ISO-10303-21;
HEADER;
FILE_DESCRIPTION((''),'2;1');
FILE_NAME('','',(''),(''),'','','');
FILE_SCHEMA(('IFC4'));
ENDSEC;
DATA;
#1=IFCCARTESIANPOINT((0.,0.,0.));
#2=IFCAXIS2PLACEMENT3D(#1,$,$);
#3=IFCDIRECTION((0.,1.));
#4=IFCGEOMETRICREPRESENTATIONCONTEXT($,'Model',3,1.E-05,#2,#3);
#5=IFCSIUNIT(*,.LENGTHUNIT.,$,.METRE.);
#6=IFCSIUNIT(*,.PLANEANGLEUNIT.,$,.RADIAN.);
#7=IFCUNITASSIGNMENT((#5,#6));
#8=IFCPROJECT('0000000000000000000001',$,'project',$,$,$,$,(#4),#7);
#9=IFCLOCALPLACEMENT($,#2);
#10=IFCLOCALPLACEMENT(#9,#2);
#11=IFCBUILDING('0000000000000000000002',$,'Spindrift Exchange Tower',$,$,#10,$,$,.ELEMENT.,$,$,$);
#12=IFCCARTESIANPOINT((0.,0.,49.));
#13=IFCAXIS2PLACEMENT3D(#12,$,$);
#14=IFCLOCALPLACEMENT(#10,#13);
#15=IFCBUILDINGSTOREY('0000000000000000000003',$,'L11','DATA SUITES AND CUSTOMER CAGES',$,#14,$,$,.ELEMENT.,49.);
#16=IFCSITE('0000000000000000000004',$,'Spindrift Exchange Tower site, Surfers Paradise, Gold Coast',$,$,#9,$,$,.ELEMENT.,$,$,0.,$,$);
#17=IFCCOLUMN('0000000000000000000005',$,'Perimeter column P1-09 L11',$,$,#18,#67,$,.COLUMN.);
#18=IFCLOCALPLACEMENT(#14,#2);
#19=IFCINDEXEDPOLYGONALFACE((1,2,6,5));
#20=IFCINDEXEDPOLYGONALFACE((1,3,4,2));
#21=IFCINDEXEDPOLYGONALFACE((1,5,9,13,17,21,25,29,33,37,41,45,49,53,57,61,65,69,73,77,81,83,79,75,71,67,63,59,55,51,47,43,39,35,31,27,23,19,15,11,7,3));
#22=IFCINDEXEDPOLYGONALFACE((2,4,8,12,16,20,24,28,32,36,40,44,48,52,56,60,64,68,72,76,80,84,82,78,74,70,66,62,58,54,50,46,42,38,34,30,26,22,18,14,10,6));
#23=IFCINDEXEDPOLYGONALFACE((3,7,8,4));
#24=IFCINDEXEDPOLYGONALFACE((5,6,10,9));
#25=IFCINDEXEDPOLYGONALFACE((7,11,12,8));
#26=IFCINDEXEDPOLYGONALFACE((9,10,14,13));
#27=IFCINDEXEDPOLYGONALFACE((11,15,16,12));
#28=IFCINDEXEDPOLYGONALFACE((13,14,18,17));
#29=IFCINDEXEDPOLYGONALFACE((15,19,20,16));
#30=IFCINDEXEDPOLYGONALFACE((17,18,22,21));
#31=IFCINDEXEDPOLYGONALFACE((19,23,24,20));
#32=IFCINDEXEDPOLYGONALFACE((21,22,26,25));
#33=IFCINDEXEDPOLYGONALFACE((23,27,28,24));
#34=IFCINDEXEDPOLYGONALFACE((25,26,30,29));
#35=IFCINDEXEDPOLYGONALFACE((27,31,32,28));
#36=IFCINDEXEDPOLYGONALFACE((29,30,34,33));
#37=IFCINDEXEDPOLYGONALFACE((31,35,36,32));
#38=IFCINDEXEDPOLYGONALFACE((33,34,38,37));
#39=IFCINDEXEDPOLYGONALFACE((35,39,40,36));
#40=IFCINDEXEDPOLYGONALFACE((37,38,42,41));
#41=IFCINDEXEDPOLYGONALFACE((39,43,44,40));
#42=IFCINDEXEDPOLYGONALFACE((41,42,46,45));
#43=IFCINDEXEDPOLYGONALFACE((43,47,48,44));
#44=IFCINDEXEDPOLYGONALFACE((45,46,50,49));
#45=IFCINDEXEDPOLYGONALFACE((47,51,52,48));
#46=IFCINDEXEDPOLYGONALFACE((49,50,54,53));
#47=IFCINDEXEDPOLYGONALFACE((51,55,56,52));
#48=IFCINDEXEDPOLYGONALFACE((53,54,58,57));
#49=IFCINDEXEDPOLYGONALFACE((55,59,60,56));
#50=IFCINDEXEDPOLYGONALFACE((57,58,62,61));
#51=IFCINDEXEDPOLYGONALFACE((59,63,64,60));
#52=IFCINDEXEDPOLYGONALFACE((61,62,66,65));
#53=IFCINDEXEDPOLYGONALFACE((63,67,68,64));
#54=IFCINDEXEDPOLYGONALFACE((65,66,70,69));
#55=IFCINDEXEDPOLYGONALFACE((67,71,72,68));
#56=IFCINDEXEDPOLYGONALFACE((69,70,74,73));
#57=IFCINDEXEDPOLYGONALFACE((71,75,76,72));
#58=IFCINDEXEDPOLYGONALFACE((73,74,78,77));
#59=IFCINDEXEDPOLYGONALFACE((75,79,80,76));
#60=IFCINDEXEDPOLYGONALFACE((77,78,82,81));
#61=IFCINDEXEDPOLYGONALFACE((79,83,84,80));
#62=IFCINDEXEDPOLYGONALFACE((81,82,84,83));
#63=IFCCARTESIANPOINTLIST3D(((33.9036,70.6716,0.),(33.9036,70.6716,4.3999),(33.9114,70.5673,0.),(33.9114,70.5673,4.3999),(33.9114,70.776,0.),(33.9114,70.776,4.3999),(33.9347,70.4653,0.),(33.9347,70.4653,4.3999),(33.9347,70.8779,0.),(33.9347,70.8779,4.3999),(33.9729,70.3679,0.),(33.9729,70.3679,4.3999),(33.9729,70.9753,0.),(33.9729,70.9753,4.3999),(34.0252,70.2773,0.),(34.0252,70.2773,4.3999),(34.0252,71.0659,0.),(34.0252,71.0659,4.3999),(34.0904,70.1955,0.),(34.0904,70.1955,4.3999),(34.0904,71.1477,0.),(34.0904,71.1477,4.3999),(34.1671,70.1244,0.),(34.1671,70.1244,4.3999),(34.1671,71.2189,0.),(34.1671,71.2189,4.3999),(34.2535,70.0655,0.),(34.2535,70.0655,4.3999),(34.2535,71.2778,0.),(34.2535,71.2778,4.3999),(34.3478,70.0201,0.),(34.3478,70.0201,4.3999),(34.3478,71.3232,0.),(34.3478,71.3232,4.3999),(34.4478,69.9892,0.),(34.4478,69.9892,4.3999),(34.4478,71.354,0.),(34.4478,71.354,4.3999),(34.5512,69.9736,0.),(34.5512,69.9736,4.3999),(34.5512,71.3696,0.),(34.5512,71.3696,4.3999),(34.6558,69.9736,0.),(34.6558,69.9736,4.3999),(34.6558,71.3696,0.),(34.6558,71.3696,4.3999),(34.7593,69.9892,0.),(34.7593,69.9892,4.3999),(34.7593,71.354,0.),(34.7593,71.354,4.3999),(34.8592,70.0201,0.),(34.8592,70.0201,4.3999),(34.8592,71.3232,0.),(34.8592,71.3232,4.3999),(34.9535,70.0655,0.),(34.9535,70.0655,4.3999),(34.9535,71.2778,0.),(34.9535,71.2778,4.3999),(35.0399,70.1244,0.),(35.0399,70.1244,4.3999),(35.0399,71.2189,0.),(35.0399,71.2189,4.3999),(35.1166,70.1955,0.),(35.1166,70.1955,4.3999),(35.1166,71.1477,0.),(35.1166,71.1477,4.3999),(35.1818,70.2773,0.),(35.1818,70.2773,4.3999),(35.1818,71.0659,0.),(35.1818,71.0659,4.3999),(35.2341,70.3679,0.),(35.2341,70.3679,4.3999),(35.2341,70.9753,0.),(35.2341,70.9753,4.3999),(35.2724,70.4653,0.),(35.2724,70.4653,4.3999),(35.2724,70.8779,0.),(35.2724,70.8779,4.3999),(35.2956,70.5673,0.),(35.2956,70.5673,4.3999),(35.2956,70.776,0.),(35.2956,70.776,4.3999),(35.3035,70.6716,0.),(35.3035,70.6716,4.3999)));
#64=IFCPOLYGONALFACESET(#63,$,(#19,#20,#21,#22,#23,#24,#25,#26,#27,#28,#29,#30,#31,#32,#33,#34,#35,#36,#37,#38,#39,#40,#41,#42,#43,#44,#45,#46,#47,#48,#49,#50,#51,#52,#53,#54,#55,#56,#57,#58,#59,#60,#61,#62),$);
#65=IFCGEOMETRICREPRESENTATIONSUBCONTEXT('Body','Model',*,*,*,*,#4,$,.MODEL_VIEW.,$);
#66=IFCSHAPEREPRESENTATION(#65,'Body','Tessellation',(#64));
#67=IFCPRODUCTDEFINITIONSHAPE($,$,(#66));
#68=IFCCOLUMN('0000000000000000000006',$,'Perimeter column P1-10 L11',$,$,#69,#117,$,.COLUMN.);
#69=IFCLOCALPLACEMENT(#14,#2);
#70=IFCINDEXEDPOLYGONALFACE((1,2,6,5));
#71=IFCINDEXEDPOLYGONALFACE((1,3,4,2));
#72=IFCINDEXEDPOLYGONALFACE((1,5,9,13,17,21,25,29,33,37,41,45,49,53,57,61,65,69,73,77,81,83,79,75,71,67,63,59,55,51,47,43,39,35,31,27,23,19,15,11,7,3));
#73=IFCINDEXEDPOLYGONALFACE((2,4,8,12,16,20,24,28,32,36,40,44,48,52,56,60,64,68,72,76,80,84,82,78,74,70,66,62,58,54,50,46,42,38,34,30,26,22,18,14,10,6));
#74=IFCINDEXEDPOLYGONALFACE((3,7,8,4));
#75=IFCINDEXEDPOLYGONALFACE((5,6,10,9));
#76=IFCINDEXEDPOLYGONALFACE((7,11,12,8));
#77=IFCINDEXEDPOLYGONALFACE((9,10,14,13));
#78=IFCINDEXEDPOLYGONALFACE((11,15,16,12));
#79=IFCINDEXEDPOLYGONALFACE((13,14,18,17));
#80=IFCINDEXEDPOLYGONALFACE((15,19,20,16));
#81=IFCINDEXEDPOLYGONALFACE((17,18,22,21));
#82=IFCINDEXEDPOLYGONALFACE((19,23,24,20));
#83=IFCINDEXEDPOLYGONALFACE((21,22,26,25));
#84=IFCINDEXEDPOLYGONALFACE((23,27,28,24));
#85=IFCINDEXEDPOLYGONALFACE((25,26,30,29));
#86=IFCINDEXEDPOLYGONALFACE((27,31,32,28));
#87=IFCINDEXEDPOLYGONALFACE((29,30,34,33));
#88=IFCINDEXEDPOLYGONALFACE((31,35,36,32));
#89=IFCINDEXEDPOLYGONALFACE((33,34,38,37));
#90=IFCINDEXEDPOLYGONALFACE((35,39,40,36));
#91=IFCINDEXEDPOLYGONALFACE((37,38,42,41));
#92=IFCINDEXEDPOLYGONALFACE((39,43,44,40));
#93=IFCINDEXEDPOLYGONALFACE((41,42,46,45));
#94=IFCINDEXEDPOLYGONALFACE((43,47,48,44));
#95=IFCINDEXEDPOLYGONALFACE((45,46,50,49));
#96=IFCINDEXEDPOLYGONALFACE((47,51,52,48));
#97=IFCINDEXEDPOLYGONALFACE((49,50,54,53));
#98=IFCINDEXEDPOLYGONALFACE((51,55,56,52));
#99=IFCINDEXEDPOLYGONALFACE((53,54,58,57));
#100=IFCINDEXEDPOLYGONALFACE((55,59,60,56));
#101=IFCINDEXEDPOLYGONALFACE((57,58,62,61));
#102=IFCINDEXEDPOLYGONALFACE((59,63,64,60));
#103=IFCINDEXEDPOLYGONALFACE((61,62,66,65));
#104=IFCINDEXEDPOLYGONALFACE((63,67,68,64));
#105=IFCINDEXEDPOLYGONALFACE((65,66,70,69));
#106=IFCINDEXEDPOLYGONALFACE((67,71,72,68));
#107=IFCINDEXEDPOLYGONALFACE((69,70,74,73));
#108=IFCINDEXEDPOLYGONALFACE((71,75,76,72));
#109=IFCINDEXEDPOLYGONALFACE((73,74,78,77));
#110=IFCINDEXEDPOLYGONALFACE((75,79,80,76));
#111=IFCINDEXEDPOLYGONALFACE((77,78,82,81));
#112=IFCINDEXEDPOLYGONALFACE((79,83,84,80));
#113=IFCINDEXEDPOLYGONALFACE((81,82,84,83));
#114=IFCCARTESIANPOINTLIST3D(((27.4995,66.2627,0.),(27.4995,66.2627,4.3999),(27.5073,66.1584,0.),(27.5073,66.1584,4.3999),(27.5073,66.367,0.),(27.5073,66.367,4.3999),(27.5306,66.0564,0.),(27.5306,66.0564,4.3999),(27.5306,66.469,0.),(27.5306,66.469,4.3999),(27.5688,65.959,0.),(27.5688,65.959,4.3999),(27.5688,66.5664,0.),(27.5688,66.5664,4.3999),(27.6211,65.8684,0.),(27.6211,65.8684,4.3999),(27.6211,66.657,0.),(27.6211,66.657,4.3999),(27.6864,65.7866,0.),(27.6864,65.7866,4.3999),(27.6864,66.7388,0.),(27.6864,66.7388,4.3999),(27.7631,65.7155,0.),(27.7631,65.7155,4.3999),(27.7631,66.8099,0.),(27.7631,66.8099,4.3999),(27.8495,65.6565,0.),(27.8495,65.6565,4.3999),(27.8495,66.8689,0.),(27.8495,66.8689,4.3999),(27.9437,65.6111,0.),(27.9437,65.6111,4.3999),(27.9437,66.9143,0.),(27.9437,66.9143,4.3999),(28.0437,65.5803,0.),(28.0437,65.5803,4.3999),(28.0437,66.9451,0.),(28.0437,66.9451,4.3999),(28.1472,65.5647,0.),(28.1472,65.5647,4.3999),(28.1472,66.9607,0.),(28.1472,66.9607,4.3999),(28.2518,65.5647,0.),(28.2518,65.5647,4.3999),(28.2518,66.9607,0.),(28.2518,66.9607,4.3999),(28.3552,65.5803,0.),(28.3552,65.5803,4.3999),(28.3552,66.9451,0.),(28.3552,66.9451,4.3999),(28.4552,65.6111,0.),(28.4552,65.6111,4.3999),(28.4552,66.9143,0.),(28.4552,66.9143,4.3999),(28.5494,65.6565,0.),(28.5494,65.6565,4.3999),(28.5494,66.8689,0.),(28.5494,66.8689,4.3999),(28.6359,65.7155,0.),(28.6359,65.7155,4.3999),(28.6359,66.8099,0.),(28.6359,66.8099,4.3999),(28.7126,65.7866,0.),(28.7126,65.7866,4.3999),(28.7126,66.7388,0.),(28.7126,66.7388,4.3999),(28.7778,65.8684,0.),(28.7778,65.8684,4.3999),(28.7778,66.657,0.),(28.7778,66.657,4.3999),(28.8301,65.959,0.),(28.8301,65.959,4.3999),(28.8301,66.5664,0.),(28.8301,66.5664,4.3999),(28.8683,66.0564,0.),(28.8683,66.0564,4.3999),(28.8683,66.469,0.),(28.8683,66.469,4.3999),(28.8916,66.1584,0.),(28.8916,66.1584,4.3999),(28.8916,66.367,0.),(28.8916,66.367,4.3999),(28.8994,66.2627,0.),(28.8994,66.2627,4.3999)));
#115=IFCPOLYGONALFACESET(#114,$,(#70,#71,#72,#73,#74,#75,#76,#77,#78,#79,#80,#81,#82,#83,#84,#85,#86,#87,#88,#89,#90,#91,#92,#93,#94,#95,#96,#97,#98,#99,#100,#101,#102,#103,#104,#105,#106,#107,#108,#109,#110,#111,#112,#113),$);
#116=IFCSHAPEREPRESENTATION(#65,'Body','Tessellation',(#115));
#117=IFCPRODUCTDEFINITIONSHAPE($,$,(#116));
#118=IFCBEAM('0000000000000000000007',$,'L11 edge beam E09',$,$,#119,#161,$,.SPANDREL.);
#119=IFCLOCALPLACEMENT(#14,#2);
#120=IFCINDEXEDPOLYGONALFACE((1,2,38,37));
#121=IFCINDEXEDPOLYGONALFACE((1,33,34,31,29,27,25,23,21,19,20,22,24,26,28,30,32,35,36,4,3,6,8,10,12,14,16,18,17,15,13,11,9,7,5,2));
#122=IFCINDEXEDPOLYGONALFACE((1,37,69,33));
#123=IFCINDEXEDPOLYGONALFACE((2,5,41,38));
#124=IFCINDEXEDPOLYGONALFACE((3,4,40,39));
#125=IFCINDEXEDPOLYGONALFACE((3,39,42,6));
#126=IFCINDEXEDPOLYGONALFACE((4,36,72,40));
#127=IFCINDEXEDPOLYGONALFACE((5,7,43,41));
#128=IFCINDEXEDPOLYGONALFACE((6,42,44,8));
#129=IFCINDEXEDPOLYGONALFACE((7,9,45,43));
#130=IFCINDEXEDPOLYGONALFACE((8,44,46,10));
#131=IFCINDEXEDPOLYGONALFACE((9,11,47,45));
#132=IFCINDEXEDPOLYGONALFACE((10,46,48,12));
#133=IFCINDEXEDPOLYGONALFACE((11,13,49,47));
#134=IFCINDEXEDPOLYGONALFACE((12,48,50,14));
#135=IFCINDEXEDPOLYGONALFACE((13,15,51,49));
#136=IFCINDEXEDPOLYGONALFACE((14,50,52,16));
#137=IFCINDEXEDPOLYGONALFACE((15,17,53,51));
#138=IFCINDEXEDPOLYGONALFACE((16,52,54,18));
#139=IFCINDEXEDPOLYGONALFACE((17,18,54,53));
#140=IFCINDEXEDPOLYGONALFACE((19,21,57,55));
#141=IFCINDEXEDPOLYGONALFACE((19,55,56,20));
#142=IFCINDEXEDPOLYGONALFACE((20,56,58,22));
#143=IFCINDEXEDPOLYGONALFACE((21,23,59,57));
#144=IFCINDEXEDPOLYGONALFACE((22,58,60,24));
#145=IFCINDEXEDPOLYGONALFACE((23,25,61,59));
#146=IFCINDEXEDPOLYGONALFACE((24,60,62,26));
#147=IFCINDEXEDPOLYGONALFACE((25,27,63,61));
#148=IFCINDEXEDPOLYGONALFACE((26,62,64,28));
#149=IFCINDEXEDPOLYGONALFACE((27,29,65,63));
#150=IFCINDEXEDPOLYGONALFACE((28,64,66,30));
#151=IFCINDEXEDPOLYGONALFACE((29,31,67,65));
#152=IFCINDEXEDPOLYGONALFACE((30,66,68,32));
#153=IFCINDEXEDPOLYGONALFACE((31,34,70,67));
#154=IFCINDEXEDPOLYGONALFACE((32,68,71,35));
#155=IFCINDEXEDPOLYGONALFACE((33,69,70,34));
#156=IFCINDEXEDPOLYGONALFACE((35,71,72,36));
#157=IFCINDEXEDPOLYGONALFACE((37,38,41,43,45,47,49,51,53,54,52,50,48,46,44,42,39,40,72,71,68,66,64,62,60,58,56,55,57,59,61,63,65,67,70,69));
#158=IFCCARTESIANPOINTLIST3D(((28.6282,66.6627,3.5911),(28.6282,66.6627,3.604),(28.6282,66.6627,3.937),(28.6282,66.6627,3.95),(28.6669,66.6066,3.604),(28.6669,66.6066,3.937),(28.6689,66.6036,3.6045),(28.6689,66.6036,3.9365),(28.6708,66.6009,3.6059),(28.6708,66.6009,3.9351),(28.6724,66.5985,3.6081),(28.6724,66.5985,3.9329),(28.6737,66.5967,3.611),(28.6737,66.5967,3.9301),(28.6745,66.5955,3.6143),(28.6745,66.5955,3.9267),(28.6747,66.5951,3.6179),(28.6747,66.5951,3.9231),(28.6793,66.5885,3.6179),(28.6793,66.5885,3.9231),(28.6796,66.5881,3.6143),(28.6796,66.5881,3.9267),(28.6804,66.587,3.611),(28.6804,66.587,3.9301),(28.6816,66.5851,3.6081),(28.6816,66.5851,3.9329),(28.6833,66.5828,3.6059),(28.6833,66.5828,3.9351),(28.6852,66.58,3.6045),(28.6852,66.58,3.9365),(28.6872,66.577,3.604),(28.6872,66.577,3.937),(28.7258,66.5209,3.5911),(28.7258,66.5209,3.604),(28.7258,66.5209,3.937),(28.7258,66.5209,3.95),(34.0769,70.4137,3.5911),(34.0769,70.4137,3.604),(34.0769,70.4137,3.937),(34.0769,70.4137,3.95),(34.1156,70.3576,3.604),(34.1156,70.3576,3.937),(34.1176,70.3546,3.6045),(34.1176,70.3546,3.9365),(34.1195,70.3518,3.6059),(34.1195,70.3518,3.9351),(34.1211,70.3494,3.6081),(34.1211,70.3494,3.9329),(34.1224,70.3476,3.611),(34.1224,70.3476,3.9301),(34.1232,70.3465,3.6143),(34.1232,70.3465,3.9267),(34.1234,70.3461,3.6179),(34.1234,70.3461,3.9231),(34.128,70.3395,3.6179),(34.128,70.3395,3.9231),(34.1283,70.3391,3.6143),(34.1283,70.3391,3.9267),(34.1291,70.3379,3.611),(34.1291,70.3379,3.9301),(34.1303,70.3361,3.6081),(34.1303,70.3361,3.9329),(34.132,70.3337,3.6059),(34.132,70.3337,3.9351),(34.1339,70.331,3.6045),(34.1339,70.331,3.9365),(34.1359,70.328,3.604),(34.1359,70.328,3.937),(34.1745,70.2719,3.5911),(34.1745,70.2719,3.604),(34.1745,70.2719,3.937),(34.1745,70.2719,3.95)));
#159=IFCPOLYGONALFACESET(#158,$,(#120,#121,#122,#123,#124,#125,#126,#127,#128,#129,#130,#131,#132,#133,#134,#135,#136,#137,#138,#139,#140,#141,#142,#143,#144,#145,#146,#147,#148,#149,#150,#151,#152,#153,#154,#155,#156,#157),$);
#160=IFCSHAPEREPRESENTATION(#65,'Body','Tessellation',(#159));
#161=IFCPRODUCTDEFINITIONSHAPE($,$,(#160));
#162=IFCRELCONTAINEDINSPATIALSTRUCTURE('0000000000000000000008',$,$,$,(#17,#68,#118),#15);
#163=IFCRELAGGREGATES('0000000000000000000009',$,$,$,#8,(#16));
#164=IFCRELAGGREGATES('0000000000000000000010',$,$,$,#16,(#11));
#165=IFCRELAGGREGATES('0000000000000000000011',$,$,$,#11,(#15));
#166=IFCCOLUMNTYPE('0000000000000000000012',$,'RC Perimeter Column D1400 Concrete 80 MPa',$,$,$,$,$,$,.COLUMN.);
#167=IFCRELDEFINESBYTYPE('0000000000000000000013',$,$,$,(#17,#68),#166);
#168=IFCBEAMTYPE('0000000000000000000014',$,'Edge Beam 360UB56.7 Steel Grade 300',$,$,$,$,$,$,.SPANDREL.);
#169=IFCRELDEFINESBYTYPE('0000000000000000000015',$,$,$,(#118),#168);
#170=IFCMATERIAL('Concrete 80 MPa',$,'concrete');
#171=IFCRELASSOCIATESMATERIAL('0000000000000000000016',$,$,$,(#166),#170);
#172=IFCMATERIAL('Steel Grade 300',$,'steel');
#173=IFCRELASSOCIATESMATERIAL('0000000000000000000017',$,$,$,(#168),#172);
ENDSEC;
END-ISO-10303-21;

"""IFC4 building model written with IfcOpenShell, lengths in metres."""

from ifc_helpers import new_model, si_unit, direction, frame, origin, origin_2d, place, context, subcontext, project, spatial, circle, i_section, extrude, source, transform, mapped, material, material_profile, profile_set, type_object, element, save


model = new_model("IFC4")

# Units and contexts
model_context = context("Model", 3, precision=1e-05, world=origin(), true_north=direction((0.0, 1.0)))
body_context = subcontext(model_context, "Body", "Model", "MODEL_VIEW")
ifc_project = project(units=[si_unit("LENGTHUNIT", "METRE"), si_unit("PLANEANGLEUNIT", "RADIAN")], contexts=[model_context])

# Site, building, storey
site_placement = place(None, origin())
site = spatial("IfcSite", under=ifc_project, at=site_placement, Name="Spindrift Exchange Tower site, Surfers Paradise, Gold Coast", CompositionType="ELEMENT", RefElevation=0.0)
building_placement = place(site_placement, origin())
building = spatial("IfcBuilding", under=site, at=building_placement, Name="Spindrift Exchange Tower", CompositionType="ELEMENT")
storey_placement = place(building_placement, frame((0.0, 0.0, 49.0)))
storey = spatial("IfcBuildingStorey", under=building, at=storey_placement, Name="L11", Description="DATA SUITES AND CUSTOMER CAGES", CompositionType="ELEMENT", Elevation=49.0)

# Columns
ifc_material_1 = material(Name="Concrete 80 MPa", Category="concrete")
ifc_material_profile_1 = material_profile(ifc_material_1, circle(Radius=0.7, at=origin_2d()), Name="RC D1400")
ifc_profile_set_1 = profile_set([ifc_material_profile_1], Name="Concrete 80 MPa")
column_type = type_object("IfcColumnType", Name="RC Perimeter Column D1400 Concrete 80 MPa", PredefinedType="COLUMN", material=ifc_profile_set_1)
shared_shape_1 = source(origin(), body_context, "Body", "SweptSolid", [
    extrude(circle(Radius=0.7, at=origin_2d()), origin(), (0.0, 0.0, 1.0), 4.3999),
])
for number, where, z_axis, x_axis, name in (
    (1, (34.6035, 70.6716, 0.0), (0.0, 0.0, 1.0), (1.0, 0.0, 0.0), "Perimeter column P1-09 L11"),
    (2, (28.1995, 66.2627, 0.0), (0.0, 0.0, 1.0), (1.0, 0.0, 0.0), "Perimeter column P1-10 L11"),
):
    element("IfcColumn", number, at=place(storey_placement, frame(where, z_axis=z_axis, x_axis=x_axis)), inside=storey, type_object=column_type, Name=name, PredefinedType="COLUMN", context=body_context, shape_type="MappedRepresentation", body=[
        mapped(shared_shape_1, transform((0.0, 0.0, 0.0), scale=1.0)),
    ])

# Beam
ifc_material_2 = material(Name="Steel Grade 300", Category="steel")
ifc_material_profile_2 = material_profile(ifc_material_2, i_section(OverallWidth=0.1721, OverallDepth=0.3589, WebThickness=0.0081, FlangeThickness=0.0129, FilletRadius=0.0139, at=origin_2d()), Name="360UB56.7")
ifc_profile_set_2 = profile_set([ifc_material_profile_2], Name="Steel Grade 300")
beam_type_1 = type_object("IfcBeamType", Name="Edge Beam 360UB56.7 Steel Grade 300", PredefinedType="SPANDREL", material=ifc_profile_set_2)
shared_shape_2 = source(origin(), body_context, "Body", "SweptSolid", [
    extrude(i_section(OverallWidth=0.1721, OverallDepth=0.3589, WebThickness=0.0081, FlangeThickness=0.0129, FilletRadius=0.0139, at=origin_2d()), origin(), (0.0, 0.0, 1.0), 6.615),
])
beam_1_placement = place(storey_placement, frame((34.1257, 70.3428, 3.7705), z_axis=(-0.823691, -0.567039, 0.0), x_axis=(0.567039, -0.823691, 0.0)))
element("IfcBeam", 3, at=beam_1_placement, inside=storey, type_object=beam_type_1, Name="L11 edge beam E09", PredefinedType="SPANDREL", context=body_context, shape_type="MappedRepresentation", body=[
    mapped(shared_shape_2, transform((0.0, 0.0, 0.0), scale=1.0)),
])

save(model, "model.ifc")
